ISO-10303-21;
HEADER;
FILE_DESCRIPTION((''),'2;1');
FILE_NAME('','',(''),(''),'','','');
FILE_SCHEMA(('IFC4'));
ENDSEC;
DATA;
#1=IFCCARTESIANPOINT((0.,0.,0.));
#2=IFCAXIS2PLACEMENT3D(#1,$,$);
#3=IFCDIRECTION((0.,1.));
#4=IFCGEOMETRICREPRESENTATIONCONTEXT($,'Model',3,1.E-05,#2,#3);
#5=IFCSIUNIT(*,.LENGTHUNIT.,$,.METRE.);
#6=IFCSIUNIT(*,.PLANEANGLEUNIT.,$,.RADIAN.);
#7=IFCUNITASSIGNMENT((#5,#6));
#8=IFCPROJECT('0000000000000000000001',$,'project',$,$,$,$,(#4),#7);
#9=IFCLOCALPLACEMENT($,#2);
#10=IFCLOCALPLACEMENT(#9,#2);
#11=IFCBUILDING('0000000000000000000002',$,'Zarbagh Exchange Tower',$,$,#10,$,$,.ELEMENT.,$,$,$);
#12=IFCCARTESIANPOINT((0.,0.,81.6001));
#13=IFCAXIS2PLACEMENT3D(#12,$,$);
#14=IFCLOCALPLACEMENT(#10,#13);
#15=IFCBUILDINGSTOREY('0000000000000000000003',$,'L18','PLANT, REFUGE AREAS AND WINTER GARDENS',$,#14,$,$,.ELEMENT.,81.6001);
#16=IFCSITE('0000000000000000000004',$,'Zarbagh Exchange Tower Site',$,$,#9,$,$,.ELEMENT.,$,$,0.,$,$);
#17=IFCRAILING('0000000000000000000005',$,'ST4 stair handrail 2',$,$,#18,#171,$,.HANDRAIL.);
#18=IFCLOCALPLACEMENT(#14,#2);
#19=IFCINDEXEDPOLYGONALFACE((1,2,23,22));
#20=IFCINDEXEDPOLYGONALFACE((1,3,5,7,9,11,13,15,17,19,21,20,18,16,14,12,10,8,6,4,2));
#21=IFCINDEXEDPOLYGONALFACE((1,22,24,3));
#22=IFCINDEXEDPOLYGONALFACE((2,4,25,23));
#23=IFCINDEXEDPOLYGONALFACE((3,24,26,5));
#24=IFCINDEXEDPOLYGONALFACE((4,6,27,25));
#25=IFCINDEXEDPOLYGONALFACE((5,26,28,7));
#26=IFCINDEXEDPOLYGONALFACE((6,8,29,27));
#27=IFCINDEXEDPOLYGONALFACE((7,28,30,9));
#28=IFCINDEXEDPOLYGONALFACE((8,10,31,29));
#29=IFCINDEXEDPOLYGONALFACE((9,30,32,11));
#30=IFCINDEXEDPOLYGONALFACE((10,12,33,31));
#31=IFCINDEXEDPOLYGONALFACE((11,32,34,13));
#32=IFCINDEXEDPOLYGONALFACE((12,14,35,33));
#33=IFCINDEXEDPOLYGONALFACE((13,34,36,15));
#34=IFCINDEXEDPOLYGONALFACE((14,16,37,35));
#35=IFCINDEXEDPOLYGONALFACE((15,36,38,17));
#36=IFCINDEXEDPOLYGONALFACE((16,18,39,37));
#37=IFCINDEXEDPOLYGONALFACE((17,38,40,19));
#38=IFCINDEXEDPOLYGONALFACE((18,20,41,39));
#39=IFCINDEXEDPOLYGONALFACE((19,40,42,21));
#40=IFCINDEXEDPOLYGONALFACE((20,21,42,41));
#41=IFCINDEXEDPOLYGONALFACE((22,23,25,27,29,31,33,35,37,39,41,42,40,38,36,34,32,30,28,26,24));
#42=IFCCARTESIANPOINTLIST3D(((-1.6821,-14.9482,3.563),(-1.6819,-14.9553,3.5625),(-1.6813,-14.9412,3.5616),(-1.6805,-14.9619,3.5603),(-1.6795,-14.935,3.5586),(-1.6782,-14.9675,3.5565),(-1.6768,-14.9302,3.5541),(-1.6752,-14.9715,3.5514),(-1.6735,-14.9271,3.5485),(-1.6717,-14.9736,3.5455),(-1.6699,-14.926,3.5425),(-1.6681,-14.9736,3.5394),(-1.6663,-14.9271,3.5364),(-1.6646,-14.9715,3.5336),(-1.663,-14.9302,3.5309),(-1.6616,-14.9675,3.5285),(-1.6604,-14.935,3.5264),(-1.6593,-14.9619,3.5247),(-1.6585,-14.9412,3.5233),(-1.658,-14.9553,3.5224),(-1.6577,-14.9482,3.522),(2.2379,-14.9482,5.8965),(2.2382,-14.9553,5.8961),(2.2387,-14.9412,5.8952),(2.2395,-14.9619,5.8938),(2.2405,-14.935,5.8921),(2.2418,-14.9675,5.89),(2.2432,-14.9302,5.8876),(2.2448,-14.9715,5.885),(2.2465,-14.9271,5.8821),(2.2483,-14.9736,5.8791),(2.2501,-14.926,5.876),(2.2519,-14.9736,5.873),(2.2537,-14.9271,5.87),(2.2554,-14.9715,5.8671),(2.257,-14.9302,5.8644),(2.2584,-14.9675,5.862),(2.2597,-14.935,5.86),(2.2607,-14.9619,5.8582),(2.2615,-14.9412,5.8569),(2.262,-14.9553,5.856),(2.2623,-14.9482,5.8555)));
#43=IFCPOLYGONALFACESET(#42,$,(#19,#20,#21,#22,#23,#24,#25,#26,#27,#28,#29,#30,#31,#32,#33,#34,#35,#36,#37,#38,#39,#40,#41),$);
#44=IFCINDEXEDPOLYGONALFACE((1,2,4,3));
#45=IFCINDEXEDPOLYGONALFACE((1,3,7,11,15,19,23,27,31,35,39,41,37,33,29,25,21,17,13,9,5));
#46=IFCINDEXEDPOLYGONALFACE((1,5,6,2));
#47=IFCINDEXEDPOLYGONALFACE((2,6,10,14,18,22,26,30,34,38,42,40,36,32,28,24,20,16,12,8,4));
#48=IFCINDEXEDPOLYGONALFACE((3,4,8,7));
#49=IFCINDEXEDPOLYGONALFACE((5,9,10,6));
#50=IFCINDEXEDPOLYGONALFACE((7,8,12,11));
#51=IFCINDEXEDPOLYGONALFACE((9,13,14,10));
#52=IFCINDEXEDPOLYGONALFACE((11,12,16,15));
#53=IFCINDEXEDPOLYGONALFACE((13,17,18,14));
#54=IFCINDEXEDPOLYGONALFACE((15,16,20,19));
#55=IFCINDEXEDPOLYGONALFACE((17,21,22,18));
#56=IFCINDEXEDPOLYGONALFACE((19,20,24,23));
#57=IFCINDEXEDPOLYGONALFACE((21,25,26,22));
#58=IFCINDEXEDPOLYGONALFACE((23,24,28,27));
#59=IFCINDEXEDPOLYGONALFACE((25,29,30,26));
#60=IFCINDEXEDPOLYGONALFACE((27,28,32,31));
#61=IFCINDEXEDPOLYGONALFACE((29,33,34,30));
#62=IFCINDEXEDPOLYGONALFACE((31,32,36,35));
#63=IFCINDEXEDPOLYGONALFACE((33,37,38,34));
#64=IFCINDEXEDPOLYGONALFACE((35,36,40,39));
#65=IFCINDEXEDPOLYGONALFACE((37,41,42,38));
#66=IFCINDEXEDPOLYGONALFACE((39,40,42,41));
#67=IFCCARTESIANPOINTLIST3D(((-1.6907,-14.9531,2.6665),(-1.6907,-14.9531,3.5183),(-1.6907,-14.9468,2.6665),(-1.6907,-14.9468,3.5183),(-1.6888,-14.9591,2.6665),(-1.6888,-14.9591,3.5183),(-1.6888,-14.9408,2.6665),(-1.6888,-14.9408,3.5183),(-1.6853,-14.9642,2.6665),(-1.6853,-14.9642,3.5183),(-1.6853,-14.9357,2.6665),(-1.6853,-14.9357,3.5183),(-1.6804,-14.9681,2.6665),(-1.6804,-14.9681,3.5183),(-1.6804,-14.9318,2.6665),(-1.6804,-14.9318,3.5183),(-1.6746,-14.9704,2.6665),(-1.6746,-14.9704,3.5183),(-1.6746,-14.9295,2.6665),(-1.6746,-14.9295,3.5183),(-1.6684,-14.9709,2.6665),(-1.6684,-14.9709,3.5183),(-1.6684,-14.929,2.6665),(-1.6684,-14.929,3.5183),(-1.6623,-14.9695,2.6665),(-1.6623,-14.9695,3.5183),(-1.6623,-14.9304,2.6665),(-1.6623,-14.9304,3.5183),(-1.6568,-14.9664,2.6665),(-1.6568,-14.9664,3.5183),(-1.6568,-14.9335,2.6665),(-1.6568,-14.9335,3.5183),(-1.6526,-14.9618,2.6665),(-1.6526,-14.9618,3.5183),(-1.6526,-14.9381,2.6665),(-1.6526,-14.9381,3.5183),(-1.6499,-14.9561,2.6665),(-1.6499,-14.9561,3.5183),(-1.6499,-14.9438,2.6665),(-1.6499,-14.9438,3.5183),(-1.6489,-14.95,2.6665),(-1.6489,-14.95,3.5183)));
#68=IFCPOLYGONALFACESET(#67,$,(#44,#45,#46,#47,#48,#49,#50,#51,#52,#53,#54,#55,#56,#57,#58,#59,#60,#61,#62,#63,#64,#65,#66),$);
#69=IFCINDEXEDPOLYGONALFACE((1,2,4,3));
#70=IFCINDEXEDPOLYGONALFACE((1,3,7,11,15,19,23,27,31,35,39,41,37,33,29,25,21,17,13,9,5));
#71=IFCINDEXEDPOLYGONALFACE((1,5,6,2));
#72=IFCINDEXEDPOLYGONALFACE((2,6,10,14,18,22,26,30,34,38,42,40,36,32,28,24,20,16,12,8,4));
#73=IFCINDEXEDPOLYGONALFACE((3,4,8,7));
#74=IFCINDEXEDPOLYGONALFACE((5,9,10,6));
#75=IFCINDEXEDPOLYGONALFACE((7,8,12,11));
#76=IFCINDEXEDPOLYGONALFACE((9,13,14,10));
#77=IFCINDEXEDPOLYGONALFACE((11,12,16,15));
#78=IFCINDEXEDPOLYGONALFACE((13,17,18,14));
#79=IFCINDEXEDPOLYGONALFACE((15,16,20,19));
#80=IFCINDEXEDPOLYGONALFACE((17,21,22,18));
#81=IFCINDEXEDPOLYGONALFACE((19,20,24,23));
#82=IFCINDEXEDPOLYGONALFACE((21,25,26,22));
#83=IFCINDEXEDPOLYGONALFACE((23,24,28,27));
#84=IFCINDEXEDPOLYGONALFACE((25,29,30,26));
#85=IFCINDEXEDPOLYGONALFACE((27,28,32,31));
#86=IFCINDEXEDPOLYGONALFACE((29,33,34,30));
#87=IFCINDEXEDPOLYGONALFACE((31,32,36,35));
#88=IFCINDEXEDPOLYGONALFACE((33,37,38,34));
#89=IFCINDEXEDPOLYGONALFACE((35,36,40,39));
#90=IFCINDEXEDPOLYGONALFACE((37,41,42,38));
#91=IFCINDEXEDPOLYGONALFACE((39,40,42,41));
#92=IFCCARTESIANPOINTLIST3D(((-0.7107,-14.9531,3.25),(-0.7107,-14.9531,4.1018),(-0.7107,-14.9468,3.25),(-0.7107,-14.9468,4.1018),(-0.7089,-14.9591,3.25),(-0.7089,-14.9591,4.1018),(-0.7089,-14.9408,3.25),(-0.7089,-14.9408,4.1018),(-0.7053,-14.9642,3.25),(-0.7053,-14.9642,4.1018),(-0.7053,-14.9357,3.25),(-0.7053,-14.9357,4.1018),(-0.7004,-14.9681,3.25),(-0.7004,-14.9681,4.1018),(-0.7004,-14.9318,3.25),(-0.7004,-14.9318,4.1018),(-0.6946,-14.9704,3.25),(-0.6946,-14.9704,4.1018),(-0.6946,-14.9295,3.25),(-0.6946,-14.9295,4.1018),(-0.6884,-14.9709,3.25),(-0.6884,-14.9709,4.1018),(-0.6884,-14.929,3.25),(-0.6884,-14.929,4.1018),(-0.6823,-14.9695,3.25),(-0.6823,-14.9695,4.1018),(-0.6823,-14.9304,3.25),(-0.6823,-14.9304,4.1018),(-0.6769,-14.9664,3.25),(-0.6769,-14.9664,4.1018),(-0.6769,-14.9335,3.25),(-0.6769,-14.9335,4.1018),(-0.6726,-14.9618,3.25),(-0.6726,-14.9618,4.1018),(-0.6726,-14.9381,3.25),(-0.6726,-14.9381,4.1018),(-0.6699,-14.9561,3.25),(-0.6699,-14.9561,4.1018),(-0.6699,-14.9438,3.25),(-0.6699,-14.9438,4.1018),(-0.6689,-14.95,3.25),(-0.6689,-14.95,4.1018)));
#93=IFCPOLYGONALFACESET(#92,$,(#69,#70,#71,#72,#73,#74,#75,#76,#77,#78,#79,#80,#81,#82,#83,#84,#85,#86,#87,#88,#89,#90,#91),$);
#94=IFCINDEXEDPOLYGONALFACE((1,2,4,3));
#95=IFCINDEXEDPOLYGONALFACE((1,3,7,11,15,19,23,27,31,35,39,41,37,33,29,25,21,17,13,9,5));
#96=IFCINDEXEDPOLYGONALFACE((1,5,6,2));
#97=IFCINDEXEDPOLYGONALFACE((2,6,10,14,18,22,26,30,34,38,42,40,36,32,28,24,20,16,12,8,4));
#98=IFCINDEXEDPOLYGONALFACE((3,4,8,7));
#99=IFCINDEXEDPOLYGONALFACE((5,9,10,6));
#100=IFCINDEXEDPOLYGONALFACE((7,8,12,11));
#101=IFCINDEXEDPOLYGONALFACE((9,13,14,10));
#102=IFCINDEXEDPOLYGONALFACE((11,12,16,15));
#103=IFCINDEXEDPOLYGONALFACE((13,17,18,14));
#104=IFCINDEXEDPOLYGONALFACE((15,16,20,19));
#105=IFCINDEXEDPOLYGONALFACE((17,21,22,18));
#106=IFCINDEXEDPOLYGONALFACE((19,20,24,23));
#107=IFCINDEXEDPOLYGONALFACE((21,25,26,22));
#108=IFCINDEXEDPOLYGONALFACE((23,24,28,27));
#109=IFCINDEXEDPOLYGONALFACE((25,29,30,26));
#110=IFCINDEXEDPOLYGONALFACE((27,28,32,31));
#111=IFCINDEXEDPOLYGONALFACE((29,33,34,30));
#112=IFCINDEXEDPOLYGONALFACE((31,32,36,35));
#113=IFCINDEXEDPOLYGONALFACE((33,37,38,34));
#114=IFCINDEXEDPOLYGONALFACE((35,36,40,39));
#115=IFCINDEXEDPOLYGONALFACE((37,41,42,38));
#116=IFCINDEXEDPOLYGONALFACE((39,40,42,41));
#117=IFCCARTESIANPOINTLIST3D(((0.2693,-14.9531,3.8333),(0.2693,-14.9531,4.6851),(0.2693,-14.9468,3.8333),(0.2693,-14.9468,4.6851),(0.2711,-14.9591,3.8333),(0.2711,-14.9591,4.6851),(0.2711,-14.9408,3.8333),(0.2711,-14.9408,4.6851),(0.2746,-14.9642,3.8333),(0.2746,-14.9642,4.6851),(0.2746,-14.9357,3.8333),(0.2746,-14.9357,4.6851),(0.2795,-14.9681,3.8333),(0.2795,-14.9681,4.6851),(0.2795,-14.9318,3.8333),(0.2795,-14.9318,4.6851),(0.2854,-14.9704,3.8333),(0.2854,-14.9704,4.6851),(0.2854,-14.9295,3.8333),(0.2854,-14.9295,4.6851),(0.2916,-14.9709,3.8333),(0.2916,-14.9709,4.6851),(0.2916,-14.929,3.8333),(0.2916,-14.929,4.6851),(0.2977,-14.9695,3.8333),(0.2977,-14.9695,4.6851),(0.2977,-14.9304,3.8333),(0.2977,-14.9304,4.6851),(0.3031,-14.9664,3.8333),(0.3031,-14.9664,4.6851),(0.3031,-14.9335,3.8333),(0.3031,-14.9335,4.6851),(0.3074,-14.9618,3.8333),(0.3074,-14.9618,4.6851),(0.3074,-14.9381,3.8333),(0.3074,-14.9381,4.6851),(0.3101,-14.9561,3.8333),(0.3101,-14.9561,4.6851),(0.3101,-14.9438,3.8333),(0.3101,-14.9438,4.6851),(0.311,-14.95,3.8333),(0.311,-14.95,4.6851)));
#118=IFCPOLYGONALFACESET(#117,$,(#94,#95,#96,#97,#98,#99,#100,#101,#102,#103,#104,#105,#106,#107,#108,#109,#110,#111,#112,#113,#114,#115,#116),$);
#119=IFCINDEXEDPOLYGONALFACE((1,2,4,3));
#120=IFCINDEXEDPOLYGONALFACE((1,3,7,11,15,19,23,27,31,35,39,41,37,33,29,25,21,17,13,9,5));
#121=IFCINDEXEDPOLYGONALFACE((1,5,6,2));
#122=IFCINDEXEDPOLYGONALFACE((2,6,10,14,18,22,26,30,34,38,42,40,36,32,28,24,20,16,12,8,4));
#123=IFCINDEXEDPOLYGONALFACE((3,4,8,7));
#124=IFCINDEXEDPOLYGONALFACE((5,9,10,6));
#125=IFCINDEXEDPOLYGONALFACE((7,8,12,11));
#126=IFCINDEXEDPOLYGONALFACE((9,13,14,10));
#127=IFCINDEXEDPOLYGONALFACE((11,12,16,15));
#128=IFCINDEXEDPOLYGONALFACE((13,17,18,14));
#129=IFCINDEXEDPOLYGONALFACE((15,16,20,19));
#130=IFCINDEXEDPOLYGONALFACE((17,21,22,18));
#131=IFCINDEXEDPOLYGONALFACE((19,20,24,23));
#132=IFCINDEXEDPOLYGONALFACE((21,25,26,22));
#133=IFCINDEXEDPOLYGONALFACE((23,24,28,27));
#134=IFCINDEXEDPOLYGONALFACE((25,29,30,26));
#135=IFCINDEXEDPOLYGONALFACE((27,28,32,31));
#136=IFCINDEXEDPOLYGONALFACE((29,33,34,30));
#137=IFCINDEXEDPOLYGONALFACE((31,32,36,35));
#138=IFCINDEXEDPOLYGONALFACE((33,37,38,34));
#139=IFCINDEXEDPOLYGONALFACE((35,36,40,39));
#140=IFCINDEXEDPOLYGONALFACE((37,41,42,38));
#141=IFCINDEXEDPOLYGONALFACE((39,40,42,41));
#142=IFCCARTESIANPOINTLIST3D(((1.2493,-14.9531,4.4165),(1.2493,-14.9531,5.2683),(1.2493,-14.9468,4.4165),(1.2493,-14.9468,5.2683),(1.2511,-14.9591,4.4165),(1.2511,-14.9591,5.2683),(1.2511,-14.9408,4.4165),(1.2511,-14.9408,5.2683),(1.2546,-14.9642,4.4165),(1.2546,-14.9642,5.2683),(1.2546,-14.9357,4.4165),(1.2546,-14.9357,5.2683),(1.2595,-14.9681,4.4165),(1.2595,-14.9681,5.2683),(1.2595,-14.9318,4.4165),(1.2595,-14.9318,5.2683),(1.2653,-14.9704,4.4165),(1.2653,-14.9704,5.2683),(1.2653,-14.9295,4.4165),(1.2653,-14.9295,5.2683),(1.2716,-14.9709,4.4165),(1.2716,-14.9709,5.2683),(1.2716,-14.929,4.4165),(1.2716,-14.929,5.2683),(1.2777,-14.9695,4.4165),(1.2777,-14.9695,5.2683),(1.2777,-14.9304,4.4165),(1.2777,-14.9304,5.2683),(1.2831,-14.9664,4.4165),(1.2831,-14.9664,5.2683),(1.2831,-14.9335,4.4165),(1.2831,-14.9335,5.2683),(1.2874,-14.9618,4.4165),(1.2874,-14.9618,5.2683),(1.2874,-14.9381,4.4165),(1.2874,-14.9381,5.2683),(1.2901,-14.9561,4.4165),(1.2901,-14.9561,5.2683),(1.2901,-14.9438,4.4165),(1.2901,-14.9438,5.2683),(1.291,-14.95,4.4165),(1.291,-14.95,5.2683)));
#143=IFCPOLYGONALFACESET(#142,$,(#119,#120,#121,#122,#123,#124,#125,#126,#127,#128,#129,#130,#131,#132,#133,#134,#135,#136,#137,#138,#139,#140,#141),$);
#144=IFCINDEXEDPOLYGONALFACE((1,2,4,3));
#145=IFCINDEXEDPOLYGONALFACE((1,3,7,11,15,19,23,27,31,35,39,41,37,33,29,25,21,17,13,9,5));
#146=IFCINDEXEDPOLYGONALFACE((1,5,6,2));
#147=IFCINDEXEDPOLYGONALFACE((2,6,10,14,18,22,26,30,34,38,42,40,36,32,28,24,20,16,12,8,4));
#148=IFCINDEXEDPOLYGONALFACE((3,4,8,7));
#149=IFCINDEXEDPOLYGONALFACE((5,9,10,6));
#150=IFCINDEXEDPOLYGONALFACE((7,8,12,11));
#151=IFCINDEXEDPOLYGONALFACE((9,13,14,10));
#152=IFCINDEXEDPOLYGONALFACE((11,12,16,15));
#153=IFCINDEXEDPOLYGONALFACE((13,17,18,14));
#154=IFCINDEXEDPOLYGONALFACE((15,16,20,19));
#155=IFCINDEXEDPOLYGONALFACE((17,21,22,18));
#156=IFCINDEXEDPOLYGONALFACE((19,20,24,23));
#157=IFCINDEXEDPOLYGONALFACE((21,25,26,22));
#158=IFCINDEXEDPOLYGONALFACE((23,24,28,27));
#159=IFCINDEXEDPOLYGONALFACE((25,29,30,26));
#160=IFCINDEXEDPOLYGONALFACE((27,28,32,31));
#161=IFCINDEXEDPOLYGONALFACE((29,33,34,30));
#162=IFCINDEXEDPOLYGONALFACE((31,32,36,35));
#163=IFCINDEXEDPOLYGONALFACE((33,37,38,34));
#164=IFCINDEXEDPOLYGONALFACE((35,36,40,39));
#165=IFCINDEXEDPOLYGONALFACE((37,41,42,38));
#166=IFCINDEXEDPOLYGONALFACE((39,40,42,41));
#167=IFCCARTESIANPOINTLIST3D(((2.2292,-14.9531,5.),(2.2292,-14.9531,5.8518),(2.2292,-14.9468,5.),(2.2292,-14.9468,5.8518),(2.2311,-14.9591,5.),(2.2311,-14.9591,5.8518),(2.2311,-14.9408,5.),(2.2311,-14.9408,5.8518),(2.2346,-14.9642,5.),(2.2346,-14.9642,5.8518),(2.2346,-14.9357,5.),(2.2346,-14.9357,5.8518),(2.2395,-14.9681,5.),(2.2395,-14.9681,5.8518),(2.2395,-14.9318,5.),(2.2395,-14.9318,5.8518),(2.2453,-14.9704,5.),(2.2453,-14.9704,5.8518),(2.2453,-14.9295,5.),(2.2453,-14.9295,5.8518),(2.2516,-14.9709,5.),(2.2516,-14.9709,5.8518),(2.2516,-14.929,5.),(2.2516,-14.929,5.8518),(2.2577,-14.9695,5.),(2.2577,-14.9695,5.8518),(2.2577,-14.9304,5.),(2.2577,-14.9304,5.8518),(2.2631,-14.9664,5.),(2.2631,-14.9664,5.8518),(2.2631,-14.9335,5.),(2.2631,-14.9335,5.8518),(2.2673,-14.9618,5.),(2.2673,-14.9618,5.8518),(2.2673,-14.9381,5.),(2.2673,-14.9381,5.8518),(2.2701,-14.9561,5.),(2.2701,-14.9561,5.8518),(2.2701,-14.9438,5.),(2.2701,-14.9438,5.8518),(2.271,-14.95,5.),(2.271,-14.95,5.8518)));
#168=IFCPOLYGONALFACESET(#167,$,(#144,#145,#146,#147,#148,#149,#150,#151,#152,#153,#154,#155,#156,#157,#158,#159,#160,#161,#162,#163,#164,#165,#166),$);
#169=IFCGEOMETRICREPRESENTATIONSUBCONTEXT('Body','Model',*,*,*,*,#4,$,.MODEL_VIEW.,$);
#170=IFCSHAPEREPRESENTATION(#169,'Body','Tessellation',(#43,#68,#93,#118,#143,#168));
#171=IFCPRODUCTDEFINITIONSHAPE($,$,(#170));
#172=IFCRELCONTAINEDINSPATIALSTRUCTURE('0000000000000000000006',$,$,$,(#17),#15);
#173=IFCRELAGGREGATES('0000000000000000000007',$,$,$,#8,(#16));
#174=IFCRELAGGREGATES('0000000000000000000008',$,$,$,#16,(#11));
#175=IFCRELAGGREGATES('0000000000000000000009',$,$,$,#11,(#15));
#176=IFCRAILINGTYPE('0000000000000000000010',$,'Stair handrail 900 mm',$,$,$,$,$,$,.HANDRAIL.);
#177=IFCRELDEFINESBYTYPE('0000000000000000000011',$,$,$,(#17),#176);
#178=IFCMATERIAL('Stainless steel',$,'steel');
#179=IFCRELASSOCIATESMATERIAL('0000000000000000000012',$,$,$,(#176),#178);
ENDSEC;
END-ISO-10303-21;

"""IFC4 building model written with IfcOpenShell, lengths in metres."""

from ifc_helpers import new_model, si_unit, direction, frame, origin, origin_2d, place, context, subcontext, project, spatial, circle, extrude, material, type_object, element, save


model = new_model("IFC4")

# Units and contexts
model_context = context("Model", 3, precision=1e-05, world=origin(), true_north=direction((0.0, 1.0)))
body_context = subcontext(model_context, "Body", "Model", "MODEL_VIEW")
ifc_project = project(units=[si_unit("LENGTHUNIT", "METRE"), si_unit("PLANEANGLEUNIT", "RADIAN")], contexts=[model_context])

# Site, building, storey
site_placement = place(None, origin())
site = spatial("IfcSite", under=ifc_project, at=site_placement, Name="Zarbagh Exchange Tower Site", CompositionType="ELEMENT", RefElevation=0.0)
building_placement = place(site_placement, origin())
building = spatial("IfcBuilding", under=site, at=building_placement, Name="Zarbagh Exchange Tower", CompositionType="ELEMENT")
storey_placement = place(building_placement, frame((0.0, 0.0, 81.6001)))
storey = spatial("IfcBuildingStorey", under=building, at=storey_placement, Name="L18", Description="PLANT, REFUGE AREAS AND WINTER GARDENS", CompositionType="ELEMENT", Elevation=81.6001)

# Railing
ifc_material_1 = material(Name="Stainless steel", Category="steel")
railing_type_1 = type_object("IfcRailingType", Name="Stair handrail 900 mm", PredefinedType="HANDRAIL", material=ifc_material_1)
for number, where, name in (
    (1, (-1.6699, -14.95, 2.6665), "ST4 stair handrail 2"),
):
    element("IfcRailing", number, at=place(storey_placement, frame(where)), inside=storey, type_object=railing_type_1, Name=name, PredefinedType="HANDRAIL", context=body_context, shape_type="SweptSolid", body=[
        extrude(circle(Radius=0.0239, at=origin_2d()), frame((0.0, 0.0, 0.876), z_axis=(0.859273, 0.0, 0.511518), x_axis=(0.0, 1.0, 0.0)), (0.0, 0.0, 1.0), 4.562),
        extrude(circle(Radius=0.021, at=origin_2d()), origin(), (0.0, 0.0, 1.0), 0.8518),
        extrude(circle(Radius=0.021, at=origin_2d()), frame((0.98, 0.0, 0.5835)), (0.0, 0.0, 1.0), 0.8518),
        extrude(circle(Radius=0.021, at=origin_2d()), frame((1.96, 0.0, 1.1667)), (0.0, 0.0, 1.0), 0.8518),
        extrude(circle(Radius=0.021, at=origin_2d()), frame((2.9399, 0.0, 1.75)), (0.0, 0.0, 1.0), 0.8518),
        extrude(circle(Radius=0.021, at=origin_2d()), frame((3.9199, 0.0, 2.3335)), (0.0, 0.0, 1.0), 0.8518),
    ])

save(model, "model.ifc")
